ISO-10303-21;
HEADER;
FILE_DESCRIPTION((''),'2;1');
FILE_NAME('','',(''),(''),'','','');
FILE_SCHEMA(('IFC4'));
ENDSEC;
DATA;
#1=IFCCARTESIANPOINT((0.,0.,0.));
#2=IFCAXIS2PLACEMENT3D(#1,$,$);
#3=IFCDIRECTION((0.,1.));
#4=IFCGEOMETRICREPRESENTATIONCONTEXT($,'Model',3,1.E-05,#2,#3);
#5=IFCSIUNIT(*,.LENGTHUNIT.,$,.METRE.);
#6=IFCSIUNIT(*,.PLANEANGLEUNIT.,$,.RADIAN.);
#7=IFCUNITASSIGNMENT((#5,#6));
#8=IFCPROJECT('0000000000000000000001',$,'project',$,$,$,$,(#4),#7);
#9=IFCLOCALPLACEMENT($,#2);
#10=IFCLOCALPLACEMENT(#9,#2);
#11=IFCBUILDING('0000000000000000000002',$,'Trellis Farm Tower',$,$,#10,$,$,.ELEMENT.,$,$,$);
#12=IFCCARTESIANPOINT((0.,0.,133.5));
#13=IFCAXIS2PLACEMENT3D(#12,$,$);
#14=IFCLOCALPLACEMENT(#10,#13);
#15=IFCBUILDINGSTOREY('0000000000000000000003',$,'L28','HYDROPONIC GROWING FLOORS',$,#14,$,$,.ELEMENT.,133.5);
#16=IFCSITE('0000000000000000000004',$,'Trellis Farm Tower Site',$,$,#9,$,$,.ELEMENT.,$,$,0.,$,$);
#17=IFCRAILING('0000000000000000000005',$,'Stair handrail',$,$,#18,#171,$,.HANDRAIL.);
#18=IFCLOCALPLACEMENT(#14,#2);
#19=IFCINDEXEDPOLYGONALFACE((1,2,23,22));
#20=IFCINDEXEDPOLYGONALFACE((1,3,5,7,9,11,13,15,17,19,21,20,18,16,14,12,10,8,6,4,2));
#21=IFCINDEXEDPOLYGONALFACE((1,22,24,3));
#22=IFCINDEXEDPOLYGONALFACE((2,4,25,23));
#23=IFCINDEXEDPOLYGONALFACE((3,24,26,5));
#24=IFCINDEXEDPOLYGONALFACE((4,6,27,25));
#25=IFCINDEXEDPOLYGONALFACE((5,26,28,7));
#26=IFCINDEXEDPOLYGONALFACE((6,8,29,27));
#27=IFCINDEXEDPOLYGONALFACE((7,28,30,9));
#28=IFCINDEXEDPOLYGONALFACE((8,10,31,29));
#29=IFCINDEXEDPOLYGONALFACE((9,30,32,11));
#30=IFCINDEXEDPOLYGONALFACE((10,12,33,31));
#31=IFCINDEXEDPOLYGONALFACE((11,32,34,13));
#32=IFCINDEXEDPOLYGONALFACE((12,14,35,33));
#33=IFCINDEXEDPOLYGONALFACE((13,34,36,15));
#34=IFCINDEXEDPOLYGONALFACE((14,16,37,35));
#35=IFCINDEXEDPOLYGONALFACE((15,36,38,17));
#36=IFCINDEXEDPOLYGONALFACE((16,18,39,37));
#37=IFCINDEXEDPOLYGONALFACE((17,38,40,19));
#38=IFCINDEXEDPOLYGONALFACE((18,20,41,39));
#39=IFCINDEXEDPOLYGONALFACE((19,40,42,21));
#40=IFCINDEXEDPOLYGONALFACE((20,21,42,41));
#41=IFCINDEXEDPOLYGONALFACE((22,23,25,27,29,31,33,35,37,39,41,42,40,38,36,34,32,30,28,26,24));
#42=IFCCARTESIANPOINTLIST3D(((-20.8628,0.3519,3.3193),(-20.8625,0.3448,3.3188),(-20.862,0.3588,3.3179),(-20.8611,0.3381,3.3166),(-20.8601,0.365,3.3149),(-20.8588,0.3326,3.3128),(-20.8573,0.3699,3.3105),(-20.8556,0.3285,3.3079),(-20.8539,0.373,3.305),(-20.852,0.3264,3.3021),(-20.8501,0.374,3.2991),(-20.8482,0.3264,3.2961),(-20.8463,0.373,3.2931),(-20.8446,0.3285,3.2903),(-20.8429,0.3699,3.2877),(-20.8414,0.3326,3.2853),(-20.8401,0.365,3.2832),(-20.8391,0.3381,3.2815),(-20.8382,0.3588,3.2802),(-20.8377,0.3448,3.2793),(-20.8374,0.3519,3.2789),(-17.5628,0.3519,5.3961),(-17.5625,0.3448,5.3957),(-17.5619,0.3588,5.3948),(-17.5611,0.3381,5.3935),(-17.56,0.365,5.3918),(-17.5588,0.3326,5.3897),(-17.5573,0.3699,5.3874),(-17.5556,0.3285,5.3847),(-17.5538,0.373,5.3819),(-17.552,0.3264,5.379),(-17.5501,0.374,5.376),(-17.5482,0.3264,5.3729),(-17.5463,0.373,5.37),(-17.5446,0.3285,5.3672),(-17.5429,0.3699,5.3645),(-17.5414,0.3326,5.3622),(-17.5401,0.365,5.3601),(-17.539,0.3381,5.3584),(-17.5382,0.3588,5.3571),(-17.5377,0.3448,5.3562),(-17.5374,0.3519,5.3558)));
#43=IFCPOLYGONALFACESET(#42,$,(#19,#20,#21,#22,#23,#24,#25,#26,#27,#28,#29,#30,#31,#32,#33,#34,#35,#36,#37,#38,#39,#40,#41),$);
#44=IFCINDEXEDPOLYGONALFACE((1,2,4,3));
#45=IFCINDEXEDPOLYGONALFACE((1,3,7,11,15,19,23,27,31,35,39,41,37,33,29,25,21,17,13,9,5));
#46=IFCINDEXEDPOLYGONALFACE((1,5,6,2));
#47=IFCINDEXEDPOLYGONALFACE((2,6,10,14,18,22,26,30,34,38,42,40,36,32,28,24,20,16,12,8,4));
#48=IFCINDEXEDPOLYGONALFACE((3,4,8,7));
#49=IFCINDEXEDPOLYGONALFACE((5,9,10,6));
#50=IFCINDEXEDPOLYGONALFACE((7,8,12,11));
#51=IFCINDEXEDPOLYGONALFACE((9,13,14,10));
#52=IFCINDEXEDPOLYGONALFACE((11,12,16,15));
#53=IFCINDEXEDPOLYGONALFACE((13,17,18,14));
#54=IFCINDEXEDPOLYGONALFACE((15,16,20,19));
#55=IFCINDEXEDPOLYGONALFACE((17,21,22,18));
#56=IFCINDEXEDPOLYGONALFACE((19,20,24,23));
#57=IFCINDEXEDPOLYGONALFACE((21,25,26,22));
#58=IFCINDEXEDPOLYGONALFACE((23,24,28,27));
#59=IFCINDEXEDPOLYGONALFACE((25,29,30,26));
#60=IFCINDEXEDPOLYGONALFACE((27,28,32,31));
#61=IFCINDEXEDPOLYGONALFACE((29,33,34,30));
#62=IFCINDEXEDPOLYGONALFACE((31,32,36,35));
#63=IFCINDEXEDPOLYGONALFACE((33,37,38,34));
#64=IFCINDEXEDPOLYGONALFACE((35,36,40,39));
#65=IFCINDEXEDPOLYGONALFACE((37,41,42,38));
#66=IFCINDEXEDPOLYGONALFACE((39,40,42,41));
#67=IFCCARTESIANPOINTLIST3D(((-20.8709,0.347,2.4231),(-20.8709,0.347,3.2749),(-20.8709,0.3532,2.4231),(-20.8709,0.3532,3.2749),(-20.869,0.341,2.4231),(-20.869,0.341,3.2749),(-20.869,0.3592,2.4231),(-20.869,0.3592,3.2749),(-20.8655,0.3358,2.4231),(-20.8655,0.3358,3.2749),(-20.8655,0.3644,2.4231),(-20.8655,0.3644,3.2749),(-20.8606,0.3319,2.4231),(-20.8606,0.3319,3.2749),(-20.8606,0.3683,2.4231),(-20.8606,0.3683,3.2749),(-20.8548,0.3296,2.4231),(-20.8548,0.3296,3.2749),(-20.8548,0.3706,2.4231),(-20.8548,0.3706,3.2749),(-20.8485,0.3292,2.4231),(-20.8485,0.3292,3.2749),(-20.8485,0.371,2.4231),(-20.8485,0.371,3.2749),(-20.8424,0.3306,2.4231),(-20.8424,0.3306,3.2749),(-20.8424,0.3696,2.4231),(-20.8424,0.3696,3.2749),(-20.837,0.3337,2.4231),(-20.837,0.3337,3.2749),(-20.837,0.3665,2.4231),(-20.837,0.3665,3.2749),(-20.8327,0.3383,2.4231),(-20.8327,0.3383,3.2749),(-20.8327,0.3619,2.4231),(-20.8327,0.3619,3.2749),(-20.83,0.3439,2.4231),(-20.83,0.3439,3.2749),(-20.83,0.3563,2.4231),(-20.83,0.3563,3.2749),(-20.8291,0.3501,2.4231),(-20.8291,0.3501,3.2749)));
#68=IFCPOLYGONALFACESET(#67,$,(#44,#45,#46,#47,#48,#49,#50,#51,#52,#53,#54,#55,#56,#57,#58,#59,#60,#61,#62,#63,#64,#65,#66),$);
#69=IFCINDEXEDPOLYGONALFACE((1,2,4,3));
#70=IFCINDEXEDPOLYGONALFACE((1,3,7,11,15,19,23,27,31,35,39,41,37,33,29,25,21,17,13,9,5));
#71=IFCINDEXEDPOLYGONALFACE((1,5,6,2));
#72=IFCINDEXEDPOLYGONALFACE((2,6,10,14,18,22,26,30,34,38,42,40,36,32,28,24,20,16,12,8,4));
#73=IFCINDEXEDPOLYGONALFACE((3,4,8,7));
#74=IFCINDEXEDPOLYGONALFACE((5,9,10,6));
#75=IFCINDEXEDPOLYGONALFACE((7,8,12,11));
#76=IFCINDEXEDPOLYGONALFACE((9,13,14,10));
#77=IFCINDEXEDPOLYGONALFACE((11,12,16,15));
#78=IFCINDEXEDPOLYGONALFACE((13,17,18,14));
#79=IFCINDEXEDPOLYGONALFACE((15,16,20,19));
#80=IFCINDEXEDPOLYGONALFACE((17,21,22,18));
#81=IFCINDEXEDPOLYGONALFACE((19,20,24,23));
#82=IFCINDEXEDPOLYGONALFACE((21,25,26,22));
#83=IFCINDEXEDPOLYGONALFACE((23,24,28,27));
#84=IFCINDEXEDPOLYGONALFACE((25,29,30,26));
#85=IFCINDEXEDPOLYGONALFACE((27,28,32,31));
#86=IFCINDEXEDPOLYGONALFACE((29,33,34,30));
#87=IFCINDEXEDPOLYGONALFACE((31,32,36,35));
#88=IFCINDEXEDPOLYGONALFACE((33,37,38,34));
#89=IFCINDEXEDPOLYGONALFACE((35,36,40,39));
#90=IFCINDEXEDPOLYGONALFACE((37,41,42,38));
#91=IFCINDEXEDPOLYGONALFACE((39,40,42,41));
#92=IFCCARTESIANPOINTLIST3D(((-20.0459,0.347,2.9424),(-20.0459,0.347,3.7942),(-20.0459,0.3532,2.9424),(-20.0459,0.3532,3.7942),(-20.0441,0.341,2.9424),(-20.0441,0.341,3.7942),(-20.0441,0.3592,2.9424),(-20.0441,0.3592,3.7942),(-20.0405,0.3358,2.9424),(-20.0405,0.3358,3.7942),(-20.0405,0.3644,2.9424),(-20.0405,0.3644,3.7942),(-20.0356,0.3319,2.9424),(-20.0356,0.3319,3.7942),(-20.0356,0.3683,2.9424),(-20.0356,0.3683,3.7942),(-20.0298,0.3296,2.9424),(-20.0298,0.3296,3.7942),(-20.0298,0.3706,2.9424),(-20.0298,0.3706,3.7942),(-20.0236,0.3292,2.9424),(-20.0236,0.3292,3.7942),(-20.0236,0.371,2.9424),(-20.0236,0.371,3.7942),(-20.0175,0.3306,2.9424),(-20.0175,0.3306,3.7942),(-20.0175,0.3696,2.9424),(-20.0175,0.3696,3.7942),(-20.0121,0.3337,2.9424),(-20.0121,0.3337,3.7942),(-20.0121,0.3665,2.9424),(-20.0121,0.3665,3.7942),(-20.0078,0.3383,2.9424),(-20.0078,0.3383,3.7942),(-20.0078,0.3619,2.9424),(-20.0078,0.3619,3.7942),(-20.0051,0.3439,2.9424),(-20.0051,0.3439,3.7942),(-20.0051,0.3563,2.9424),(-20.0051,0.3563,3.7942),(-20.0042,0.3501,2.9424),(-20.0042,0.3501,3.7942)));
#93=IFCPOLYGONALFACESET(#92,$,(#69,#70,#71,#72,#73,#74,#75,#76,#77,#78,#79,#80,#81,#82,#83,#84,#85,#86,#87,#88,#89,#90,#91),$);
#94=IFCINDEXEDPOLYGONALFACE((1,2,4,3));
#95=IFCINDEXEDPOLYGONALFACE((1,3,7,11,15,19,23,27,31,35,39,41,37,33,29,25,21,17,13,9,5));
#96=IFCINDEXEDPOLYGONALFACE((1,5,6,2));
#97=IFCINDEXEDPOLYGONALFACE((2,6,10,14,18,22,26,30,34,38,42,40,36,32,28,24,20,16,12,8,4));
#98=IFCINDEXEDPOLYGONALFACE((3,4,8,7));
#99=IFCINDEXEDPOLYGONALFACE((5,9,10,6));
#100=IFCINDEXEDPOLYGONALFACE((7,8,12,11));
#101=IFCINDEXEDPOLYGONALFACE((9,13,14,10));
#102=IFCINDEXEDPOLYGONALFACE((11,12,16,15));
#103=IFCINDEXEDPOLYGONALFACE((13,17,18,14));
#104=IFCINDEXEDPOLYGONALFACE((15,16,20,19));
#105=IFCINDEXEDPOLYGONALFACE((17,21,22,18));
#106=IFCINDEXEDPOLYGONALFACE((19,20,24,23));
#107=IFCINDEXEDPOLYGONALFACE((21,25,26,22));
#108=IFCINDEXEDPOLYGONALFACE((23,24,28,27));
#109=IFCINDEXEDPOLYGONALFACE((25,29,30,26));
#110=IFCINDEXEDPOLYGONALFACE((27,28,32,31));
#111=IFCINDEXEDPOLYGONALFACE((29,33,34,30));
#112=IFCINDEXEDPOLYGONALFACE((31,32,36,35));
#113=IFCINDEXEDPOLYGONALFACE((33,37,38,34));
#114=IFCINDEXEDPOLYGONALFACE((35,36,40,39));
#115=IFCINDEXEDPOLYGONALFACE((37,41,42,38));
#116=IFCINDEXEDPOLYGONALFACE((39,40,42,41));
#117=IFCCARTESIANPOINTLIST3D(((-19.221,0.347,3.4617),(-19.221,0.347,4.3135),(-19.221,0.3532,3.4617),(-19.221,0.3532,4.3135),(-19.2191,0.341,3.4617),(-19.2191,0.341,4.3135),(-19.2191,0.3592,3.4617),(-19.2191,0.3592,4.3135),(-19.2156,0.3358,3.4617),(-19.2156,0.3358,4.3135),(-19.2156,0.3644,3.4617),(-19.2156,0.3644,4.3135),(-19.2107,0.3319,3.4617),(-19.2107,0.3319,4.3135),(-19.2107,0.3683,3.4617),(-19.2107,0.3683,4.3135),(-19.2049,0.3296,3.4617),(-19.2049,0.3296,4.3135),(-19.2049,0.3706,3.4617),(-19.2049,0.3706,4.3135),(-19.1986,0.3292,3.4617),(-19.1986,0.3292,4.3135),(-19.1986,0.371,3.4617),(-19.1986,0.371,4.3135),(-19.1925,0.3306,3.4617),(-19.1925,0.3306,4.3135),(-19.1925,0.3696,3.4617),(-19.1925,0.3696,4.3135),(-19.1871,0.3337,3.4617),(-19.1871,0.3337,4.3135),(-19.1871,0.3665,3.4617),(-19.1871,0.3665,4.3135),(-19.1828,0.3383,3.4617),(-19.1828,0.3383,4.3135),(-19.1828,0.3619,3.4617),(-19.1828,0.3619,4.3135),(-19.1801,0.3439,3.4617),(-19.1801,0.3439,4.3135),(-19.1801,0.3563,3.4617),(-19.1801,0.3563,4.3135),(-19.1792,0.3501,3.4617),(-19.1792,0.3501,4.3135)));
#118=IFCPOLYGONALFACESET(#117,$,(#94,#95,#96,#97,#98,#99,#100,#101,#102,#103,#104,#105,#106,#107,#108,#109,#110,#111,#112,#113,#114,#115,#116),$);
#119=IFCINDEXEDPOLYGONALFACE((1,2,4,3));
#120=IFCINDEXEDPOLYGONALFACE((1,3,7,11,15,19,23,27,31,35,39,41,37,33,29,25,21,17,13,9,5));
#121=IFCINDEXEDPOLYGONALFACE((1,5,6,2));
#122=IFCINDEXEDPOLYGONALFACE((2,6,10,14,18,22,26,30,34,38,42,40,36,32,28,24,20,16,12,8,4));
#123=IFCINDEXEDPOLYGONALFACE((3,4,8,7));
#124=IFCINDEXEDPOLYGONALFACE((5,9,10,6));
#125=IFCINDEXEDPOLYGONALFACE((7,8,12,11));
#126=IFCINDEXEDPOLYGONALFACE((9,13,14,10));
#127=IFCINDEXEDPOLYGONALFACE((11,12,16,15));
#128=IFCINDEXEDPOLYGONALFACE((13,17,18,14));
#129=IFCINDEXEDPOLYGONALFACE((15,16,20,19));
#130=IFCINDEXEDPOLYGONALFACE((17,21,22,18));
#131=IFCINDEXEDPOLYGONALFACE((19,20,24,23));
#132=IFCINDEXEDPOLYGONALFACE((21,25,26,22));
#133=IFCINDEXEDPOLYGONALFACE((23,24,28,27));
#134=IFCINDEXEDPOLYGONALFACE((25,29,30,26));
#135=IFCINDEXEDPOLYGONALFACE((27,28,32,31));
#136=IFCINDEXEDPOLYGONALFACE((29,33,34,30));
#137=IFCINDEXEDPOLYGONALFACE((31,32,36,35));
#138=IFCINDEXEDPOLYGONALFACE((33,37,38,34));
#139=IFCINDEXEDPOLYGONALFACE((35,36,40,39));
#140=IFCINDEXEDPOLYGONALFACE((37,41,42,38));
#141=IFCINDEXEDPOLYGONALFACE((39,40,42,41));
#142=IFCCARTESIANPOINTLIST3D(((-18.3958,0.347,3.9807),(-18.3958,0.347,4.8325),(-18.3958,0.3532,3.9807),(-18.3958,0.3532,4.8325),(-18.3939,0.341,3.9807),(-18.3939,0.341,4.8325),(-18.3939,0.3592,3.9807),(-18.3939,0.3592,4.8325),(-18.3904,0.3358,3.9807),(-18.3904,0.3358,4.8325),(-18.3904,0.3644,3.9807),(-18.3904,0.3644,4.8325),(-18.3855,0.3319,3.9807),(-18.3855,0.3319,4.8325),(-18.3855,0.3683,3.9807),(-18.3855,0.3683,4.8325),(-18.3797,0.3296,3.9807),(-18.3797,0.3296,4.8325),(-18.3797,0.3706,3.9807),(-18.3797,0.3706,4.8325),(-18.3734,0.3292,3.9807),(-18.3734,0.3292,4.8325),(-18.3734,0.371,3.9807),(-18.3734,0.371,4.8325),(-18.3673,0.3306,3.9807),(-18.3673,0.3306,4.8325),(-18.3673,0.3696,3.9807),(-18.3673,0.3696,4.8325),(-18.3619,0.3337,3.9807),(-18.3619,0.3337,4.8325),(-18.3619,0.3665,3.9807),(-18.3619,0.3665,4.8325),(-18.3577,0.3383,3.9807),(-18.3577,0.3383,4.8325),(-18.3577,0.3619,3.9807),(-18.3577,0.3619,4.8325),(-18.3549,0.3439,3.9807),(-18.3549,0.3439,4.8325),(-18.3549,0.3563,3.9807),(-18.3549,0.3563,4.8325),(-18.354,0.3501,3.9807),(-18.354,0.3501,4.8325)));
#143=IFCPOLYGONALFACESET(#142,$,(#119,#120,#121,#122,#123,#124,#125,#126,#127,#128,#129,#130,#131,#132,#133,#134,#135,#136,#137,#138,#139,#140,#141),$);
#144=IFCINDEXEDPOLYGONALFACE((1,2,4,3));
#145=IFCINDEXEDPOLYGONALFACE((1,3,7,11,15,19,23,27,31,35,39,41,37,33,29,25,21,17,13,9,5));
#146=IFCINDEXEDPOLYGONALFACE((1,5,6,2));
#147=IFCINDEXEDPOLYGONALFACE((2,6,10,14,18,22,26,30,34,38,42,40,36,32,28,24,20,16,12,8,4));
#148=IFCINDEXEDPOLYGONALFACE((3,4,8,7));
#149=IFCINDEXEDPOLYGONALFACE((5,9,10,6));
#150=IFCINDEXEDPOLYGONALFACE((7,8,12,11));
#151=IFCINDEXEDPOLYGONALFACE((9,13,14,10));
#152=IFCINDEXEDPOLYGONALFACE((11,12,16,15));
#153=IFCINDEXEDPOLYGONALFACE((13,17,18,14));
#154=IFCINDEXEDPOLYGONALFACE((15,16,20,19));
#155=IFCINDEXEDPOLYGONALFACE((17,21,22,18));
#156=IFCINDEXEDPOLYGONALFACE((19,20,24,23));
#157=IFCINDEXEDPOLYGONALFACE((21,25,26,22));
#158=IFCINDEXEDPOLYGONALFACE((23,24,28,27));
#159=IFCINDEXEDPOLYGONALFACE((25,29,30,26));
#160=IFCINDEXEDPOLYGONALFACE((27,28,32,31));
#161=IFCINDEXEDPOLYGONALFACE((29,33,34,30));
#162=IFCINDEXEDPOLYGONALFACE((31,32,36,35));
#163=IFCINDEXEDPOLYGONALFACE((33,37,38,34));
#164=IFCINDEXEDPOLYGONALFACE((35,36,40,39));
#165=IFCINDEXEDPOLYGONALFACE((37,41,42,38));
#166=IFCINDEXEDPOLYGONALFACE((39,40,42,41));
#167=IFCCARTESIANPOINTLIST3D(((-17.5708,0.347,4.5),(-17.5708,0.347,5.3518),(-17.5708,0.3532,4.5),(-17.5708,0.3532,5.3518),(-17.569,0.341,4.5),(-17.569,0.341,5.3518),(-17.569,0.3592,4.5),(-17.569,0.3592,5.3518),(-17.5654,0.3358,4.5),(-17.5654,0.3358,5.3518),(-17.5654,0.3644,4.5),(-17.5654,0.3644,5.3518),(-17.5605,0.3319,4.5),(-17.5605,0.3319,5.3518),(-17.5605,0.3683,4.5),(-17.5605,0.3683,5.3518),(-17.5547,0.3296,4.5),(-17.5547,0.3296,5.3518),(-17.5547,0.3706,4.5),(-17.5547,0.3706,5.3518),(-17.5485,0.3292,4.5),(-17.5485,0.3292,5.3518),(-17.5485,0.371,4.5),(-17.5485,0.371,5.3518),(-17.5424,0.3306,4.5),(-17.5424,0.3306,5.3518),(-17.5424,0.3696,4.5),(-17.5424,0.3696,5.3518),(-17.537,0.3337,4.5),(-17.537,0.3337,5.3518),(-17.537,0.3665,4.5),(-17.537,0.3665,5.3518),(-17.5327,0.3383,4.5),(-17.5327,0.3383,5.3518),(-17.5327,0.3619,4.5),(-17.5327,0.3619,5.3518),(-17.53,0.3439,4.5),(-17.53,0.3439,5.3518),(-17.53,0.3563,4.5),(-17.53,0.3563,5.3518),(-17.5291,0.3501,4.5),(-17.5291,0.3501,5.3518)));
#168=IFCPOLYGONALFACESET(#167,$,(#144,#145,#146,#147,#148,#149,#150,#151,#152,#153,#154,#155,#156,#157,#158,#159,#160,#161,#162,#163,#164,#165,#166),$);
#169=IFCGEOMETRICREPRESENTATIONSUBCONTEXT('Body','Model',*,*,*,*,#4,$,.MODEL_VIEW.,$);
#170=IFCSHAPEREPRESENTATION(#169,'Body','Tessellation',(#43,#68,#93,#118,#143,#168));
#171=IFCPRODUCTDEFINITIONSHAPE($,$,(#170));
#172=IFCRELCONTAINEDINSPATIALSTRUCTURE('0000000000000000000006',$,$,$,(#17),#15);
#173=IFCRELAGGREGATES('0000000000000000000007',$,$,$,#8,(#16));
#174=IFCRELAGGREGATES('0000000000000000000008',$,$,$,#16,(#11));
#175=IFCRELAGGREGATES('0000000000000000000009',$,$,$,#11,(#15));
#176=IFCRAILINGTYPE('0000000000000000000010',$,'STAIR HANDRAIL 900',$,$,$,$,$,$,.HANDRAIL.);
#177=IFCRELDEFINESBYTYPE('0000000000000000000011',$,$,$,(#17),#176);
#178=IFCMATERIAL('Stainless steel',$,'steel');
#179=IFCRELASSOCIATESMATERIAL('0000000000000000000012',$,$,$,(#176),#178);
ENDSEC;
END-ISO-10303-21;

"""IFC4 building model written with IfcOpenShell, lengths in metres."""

from ifc_helpers import new_model, si_unit, direction, frame, origin, origin_2d, place, context, subcontext, project, spatial, circle, extrude, source, transform, mapped, material, type_object, element, save


model = new_model("IFC4")

# Units and contexts
model_context = context("Model", 3, precision=1e-05, world=origin(), true_north=direction((0.0, 1.0)))
body_context = subcontext(model_context, "Body", "Model", "MODEL_VIEW")
ifc_project = project(units=[si_unit("LENGTHUNIT", "METRE"), si_unit("PLANEANGLEUNIT", "RADIAN")], contexts=[model_context])

# Site, building, storey
site_placement = place(None, origin())
site = spatial("IfcSite", under=ifc_project, at=site_placement, Name="Trellis Farm Tower Site", CompositionType="ELEMENT", RefElevation=0.0)
building_placement = place(site_placement, origin())
building = spatial("IfcBuilding", under=site, at=building_placement, Name="Trellis Farm Tower", CompositionType="ELEMENT")
storey_placement = place(building_placement, frame((0.0, 0.0, 133.5)))
storey = spatial("IfcBuildingStorey", under=building, at=storey_placement, Name="L28", Description="HYDROPONIC GROWING FLOORS", CompositionType="ELEMENT", Elevation=133.5)

# Railing
ifc_material_1 = material(Name="Stainless steel", Category="steel")
railing_type = type_object("IfcRailingType", Name="STAIR HANDRAIL 900", PredefinedType="HANDRAIL", material=ifc_material_1)
shared_shape_1 = source(origin(), body_context, "Body", "SweptSolid", [
    extrude(circle(Radius=0.0239, at=origin_2d()), frame((0.0, 0.0, 0.876), z_axis=(0.846337, 0.0, 0.532647), x_axis=(0.0, 1.0, 0.0)), (0.0, 0.0, 1.0), 3.8992),
    extrude(circle(Radius=0.021, at=origin_2d()), origin(), (0.0, 0.0, 1.0), 0.8518),
    extrude(circle(Radius=0.021, at=origin_2d()), frame((0.825, 0.0, 0.5193)), (0.0, 0.0, 1.0), 0.8518),
    extrude(circle(Radius=0.021, at=origin_2d()), frame((1.6499, 0.0, 1.0386)), (0.0, 0.0, 1.0), 0.8518),
    extrude(circle(Radius=0.021, at=origin_2d()), frame((2.4751, 0.0, 1.5576)), (0.0, 0.0, 1.0), 0.8518),
    extrude(circle(Radius=0.021, at=origin_2d()), frame((3.3, 0.0, 2.0769)), (0.0, 0.0, 1.0), 0.8518),
])
for number, where, name in (
    (1, (-20.8501, 0.3501, 2.4231), "Stair handrail"),
):
    element("IfcRailing", number, at=place(storey_placement, frame(where)), inside=storey, type_object=railing_type, Name=name, PredefinedType="HANDRAIL", context=body_context, shape_type="MappedRepresentation", body=[
        mapped(shared_shape_1, transform((0.0, 0.0, 0.0))),
    ])

save(model, "model.ifc")
